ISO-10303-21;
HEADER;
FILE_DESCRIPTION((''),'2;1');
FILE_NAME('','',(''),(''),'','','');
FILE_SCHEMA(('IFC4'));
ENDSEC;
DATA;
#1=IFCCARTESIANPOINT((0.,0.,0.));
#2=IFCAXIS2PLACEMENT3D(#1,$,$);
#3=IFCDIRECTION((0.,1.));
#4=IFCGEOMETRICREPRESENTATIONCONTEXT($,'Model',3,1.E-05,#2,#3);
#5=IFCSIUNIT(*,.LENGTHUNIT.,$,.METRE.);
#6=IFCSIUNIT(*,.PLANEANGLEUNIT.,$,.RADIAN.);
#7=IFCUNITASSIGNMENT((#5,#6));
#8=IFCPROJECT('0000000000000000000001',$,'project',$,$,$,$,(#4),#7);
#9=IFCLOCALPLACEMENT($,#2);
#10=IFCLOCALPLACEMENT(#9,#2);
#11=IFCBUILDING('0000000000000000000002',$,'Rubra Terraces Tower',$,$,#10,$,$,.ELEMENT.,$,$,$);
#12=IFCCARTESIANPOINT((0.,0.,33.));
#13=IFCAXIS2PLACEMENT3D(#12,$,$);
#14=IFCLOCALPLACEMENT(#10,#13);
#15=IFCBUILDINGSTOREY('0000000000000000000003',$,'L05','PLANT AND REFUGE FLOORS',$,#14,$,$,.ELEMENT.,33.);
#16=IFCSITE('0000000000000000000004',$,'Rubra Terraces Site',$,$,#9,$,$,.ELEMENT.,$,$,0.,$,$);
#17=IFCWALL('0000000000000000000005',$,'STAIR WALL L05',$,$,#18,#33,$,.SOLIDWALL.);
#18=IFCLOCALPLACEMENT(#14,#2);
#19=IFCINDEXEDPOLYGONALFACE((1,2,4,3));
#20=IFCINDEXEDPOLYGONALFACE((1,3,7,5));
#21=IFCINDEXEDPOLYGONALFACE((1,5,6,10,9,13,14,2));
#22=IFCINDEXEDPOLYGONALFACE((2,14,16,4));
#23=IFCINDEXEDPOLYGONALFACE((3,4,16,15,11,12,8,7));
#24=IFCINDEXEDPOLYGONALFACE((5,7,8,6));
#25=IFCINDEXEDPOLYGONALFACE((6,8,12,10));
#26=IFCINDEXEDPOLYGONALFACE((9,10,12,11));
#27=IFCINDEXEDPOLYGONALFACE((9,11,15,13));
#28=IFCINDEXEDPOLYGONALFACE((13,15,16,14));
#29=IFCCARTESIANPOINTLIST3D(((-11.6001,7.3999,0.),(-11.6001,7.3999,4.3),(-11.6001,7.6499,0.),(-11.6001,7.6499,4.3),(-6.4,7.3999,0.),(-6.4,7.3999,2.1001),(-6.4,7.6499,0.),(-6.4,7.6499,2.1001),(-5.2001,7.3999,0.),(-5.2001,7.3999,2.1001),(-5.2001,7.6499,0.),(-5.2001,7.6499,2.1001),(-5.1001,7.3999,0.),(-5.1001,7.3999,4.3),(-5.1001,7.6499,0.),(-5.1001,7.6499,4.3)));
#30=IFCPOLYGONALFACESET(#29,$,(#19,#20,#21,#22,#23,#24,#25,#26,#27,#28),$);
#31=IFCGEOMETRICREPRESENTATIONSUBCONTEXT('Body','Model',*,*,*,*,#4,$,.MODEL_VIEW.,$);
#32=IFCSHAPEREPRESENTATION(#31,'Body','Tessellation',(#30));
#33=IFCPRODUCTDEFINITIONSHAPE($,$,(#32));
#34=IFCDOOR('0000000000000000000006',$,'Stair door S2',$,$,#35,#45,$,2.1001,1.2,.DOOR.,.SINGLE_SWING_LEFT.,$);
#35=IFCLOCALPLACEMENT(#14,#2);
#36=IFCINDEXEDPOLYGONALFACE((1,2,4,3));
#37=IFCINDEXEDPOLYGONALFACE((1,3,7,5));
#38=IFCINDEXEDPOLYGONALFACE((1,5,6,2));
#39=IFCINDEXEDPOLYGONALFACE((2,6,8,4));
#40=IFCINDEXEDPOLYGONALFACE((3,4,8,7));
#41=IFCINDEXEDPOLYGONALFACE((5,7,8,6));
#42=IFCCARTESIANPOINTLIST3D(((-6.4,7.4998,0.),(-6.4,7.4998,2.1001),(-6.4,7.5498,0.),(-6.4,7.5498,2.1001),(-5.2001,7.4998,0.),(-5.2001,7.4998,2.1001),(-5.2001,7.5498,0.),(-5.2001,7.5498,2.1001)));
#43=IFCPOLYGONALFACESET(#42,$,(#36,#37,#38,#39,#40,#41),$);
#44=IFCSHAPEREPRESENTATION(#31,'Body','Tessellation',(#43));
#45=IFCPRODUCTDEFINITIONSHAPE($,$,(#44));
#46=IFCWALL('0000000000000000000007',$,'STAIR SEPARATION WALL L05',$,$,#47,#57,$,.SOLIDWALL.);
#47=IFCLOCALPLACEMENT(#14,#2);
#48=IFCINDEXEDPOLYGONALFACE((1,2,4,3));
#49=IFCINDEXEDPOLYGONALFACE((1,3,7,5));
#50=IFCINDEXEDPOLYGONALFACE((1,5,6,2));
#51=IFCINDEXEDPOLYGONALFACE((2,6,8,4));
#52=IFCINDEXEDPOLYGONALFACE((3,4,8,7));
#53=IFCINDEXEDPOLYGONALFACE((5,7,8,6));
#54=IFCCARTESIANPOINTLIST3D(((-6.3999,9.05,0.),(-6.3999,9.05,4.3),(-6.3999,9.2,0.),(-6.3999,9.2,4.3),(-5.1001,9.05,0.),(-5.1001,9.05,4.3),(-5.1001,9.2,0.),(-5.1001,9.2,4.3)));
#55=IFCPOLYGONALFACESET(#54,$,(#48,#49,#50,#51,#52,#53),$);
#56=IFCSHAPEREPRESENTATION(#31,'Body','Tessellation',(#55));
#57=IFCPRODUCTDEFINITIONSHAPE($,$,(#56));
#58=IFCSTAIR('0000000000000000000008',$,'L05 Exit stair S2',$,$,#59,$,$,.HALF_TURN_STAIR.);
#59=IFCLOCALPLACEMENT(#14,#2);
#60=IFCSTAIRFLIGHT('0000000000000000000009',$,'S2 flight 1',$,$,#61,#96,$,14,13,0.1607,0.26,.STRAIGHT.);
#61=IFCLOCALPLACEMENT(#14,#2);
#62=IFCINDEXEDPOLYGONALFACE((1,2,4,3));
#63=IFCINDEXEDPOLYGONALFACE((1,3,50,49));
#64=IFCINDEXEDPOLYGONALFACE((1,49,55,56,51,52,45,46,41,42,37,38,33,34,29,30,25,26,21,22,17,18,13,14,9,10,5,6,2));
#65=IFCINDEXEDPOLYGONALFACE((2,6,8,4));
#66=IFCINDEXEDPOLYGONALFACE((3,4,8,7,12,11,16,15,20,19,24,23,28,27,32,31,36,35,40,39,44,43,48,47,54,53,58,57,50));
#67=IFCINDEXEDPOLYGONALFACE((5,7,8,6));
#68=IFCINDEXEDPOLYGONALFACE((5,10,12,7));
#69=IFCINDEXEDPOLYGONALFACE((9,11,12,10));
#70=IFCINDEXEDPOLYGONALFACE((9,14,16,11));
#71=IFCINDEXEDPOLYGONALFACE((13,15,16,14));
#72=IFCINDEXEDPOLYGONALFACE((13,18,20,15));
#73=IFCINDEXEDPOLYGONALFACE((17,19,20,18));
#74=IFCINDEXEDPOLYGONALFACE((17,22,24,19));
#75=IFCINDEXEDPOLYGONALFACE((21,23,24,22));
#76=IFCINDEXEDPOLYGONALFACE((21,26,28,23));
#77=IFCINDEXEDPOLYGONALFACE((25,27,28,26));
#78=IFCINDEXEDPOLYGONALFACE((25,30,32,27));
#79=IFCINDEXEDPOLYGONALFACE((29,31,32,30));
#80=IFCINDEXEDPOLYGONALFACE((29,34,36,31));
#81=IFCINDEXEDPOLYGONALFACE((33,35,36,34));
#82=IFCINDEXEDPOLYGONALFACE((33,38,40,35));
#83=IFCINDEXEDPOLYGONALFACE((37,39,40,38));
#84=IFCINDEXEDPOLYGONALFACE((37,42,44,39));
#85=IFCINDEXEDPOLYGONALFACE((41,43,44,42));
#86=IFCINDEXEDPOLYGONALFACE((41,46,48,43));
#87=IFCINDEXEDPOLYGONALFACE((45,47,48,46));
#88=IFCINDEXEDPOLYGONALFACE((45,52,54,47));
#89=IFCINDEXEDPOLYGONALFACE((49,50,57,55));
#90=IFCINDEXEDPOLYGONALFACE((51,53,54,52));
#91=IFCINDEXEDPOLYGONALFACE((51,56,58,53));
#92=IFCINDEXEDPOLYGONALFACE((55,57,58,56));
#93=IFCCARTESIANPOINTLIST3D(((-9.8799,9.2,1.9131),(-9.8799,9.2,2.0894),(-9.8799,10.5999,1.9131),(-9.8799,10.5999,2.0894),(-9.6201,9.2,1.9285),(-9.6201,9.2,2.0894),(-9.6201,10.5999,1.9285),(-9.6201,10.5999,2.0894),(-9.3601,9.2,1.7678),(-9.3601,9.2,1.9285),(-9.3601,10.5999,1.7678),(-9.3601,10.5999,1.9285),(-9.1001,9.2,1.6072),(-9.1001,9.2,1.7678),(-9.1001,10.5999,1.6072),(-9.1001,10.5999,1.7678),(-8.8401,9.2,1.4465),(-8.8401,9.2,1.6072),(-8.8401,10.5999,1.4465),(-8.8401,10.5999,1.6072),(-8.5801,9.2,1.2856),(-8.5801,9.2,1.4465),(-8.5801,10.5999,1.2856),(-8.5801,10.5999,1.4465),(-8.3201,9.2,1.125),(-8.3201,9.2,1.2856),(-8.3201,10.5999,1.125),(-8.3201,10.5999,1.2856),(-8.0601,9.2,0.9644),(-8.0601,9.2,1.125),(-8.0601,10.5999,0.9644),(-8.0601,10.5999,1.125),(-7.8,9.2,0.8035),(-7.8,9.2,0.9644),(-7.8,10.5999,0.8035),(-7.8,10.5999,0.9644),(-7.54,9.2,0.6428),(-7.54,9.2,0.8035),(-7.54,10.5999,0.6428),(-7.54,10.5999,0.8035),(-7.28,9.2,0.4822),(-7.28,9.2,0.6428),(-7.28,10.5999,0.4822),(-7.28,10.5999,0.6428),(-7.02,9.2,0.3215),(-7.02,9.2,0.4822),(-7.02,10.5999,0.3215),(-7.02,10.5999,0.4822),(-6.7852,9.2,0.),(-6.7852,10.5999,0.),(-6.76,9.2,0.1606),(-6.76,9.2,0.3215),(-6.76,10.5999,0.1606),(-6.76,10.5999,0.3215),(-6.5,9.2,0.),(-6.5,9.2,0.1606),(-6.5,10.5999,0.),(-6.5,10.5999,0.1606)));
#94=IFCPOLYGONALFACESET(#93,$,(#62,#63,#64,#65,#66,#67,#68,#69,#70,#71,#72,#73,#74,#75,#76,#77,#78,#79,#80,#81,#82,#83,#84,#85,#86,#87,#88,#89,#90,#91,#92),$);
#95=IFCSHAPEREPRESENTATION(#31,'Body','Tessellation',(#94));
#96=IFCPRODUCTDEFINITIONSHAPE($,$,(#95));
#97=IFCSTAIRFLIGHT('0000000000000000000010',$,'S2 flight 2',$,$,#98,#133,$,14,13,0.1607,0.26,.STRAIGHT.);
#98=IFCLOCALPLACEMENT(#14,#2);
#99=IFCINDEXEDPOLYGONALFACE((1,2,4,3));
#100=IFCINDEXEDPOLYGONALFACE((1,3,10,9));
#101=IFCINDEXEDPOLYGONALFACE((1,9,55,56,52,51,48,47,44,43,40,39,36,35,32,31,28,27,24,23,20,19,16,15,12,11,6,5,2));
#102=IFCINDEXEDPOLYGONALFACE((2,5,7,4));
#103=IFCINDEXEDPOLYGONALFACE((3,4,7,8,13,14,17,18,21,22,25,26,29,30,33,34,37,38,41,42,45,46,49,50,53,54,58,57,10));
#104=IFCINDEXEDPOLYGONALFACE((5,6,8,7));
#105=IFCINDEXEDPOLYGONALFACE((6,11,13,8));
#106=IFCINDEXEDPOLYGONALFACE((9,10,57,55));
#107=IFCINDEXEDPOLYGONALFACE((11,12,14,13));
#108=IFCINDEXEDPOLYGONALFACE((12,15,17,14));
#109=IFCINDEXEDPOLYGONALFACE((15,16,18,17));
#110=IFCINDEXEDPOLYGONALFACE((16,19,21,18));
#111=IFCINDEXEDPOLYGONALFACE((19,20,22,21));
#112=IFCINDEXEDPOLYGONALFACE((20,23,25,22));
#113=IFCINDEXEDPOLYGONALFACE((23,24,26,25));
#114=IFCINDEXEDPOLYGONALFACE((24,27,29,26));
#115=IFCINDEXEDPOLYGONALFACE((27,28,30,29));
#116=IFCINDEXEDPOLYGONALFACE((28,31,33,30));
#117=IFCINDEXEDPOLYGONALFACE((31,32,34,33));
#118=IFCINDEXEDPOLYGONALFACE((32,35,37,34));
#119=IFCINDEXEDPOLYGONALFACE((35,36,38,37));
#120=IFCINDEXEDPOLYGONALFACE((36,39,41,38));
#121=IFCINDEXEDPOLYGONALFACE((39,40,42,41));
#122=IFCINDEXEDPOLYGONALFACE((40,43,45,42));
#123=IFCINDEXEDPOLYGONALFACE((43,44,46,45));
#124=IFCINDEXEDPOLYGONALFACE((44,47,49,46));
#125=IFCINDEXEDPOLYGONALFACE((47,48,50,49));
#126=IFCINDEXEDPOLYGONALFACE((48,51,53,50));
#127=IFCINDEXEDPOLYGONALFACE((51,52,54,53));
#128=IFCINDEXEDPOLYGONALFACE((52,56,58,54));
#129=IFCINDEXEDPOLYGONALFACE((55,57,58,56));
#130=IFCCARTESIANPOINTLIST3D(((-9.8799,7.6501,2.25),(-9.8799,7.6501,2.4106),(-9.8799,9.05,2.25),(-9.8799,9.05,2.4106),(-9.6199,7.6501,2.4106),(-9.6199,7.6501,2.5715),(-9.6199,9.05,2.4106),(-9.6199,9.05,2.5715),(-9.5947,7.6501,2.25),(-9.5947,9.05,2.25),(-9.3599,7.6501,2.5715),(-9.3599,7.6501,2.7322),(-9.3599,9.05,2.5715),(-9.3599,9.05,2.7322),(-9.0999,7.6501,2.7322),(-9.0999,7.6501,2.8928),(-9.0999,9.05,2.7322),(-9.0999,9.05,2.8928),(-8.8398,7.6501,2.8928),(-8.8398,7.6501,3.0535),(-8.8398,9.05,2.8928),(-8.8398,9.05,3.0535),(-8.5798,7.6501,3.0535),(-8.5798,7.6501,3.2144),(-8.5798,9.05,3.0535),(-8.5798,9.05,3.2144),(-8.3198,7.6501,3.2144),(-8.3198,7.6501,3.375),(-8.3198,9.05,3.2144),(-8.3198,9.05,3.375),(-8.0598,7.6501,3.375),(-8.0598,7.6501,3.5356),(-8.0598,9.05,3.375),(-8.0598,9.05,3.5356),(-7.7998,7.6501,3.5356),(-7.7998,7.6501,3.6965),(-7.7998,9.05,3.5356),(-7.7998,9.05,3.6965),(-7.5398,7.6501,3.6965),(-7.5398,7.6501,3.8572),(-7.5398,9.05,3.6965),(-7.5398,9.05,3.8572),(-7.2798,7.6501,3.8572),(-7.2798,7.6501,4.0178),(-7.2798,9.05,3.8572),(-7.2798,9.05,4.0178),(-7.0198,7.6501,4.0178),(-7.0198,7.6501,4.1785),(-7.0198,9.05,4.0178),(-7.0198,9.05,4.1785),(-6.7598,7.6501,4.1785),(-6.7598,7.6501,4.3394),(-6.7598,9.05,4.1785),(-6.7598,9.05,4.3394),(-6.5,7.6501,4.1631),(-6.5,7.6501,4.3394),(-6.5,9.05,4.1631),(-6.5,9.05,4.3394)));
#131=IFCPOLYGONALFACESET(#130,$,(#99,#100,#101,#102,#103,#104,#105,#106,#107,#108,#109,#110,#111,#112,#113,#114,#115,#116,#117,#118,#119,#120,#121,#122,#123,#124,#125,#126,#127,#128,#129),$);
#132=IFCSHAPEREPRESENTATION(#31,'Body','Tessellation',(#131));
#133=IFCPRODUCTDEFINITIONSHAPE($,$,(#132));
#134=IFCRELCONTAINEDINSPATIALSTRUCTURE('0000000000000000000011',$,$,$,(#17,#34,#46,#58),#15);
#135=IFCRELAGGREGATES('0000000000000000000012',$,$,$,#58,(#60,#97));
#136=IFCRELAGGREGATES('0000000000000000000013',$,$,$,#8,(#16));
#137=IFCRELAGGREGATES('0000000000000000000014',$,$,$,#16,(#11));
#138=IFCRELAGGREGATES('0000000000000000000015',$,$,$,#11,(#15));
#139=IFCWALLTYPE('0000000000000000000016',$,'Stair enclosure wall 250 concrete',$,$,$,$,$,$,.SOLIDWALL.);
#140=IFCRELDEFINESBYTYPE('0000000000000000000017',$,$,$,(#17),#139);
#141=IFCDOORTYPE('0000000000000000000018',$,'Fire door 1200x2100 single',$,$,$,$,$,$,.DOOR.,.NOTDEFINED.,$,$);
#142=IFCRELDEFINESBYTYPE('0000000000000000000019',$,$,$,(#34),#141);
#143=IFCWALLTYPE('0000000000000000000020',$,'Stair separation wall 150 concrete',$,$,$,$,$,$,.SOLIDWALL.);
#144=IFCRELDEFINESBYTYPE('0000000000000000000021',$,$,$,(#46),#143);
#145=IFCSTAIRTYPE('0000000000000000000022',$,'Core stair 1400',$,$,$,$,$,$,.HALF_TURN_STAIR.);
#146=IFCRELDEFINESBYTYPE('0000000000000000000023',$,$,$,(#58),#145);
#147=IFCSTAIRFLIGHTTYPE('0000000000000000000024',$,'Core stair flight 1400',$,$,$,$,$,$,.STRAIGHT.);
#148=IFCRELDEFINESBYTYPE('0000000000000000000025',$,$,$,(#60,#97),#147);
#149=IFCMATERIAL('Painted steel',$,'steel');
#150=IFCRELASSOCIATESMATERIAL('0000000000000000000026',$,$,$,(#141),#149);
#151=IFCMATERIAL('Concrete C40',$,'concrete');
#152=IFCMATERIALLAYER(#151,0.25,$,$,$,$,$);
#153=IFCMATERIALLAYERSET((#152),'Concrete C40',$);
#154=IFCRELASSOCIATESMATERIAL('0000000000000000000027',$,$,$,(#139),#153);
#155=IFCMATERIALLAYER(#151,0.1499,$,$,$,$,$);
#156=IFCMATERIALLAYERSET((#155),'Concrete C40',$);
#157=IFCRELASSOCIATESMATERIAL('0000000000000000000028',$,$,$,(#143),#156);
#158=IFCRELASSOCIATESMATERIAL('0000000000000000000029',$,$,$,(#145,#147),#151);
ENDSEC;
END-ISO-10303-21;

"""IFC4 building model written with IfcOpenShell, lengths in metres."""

from ifc_helpers import new_model, si_unit, direction, frame, frame_2d, origin, place, context, subcontext, project, spatial, polyline, rectangle, outline, extrude, material, layer, layer_set, type_object, element, fill, aggregate, save


model = new_model("IFC4")

# Units and contexts
model_context = context("Model", 3, precision=1e-05, world=origin(), true_north=direction((0.0, 1.0)))
body_context = subcontext(model_context, "Body", "Model", "MODEL_VIEW")
ifc_project = project(units=[si_unit("LENGTHUNIT", "METRE"), si_unit("PLANEANGLEUNIT", "RADIAN")], contexts=[model_context])

# Site, building, storey
site_placement = place(None, origin())
site = spatial("IfcSite", under=ifc_project, at=site_placement, Name="Rubra Terraces Site", CompositionType="ELEMENT", RefElevation=0.0)
building_placement = place(site_placement, origin())
building = spatial("IfcBuilding", under=site, at=building_placement, Name="Rubra Terraces Tower", CompositionType="ELEMENT")
storey_placement = place(building_placement, frame((0.0, 0.0, 33.0)))
storey = spatial("IfcBuildingStorey", under=building, at=storey_placement, Name="L05", Description="PLANT AND REFUGE FLOORS", CompositionType="ELEMENT", Elevation=33.0)

# Shared definitions
ifc_material_1 = material(Name="Painted steel", Category="steel")
door_type_1 = type_object("IfcDoorType", Name="Fire door 1200x2100 single", OperationType="NOTDEFINED", PredefinedType="DOOR", material=ifc_material_1)

# Wall, opening, door
ifc_material_2 = material(Name="Concrete C40", Category="concrete")
ifc_layer_1 = layer(ifc_material_2, 0.25)
ifc_layer_set_1 = layer_set([ifc_layer_1], Name="Concrete C40")
wall_type_1 = type_object("IfcWallType", Name="Stair enclosure wall 250 concrete", PredefinedType="SOLIDWALL", material=ifc_layer_set_1)
wall_1_placement = place(storey_placement, frame((-11.6001, 7.5249, 0.0), z_axis=(0.0, 0.0, 1.0), x_axis=(1.0, 0.0, 0.0)))
wall_1 = element("IfcWall", 1, at=wall_1_placement, inside=storey, type_object=wall_type_1, Name="STAIR WALL L05", PredefinedType="SOLIDWALL", context=body_context, shape_type="SweptSolid", body=[
    extrude(rectangle(XDim=6.5, YDim=0.25, at=frame_2d((3.25, 0.0))), origin(), (0.0, 0.0, 1.0), 4.3),
])
opening_1_placement = place(wall_1_placement, frame((5.2, 0.0, 0.0)))
opening_1 = element("IfcOpeningElement", 2, at=opening_1_placement, cuts=wall_1, PredefinedType="OPENING", context=body_context, shape_type="SweptSolid", body=[
    extrude(rectangle(XDim=1.2, YDim=2.1001, at=frame_2d((0.6001, 1.05))), frame((0.0, 0.135, 0.0), z_axis=(0.0, -1.0, 0.0), x_axis=(1.0, 0.0, 0.0)), (0.0, 0.0, 1.0), 0.27),
])
door_1_placement = place(opening_1_placement, origin())
door_1 = element("IfcDoor", 3, at=door_1_placement, inside=storey, type_object=door_type_1, Name="Stair door S2", OperationType="SINGLE_SWING_LEFT", OverallHeight=2.1001, OverallWidth=1.2, PredefinedType="DOOR", context=body_context, shape_type="SweptSolid", body=[
    extrude(rectangle(XDim=1.2, YDim=2.1001, at=frame_2d((0.6001, 1.05))), frame((0.0, 0.0249, 0.0), z_axis=(0.0, -1.0, 0.0), x_axis=(1.0, 0.0, 0.0)), (0.0, 0.0, 1.0), 0.05),
])
fill(opening_1, door_1)

# Wall
ifc_layer_2 = layer(ifc_material_2, 0.1499)
ifc_layer_set_2 = layer_set([ifc_layer_2], Name="Concrete C40")
wall_type_2 = type_object("IfcWallType", Name="Stair separation wall 150 concrete", PredefinedType="SOLIDWALL", material=ifc_layer_set_2)
wall_2_placement = place(storey_placement, frame((-6.3999, 9.125, 0.0), z_axis=(0.0, 0.0, 1.0), x_axis=(1.0, 0.0, 0.0)))
element("IfcWall", 4, at=wall_2_placement, inside=storey, type_object=wall_type_2, Name="STAIR SEPARATION WALL L05", PredefinedType="SOLIDWALL", context=body_context, shape_type="SweptSolid", body=[
    extrude(rectangle(XDim=1.2998, YDim=0.1499, at=frame_2d((0.6499, 0.0))), origin(), (0.0, 0.0, 1.0), 4.3),
])

# Stair, stair flights
stair_type = type_object("IfcStairType", Name="Core stair 1400", PredefinedType="HALF_TURN_STAIR", material=ifc_material_2)
stair_placement = place(storey_placement, origin())
stair = element("IfcStair", 5, at=stair_placement, inside=storey, type_object=stair_type, Name="L05 Exit stair S2", PredefinedType="HALF_TURN_STAIR")
stair_flight_type = type_object("IfcStairFlightType", Name="Core stair flight 1400", PredefinedType="STRAIGHT", material=ifc_material_2)
stair_flight_1_placement = place(storey_placement, frame((-6.5, 9.8999, 0.0), z_axis=(0.0, 0.0, 1.0), x_axis=(-1.0, 0.0, 0.0)))
stair_flight_1 = element("IfcStairFlight", 6, at=stair_flight_1_placement, type_object=stair_flight_type, Name="S2 flight 1", NumberOfRisers=14, NumberOfTreads=13, PredefinedType="STRAIGHT", RiserHeight=0.1607, TreadLength=0.26, context=body_context, shape_type="SweptSolid", body=[
    extrude(outline(polyline([(0.0, 0.0), (0.0, 0.1606), (0.26, 0.1606), (0.26, 0.3215), (0.52, 0.3215), (0.52, 0.4822), (0.78, 0.4822), (0.78, 0.6428), (1.04, 0.6428), (1.04, 0.8035), (1.3, 0.8035), (1.3, 0.9644), (1.5601, 0.9644), (1.5601, 1.125), (1.8201, 1.125), (1.8201, 1.2856), (2.0801, 1.2856), (2.0801, 1.4465), (2.3401, 1.4465), (2.3401, 1.6072), (2.6001, 1.6072), (2.6001, 1.7678), (2.8601, 1.7678), (2.8601, 1.9285), (3.1201, 1.9285), (3.1201, 2.0894), (3.3799, 2.0894), (3.3799, 2.25), (3.3799, 1.9131), (0.2852, 0.0), (0.0, 0.0)])), frame((0.0, 0.7, 0.0), z_axis=(0.0, -1.0, 0.0), x_axis=(1.0, 0.0, 0.0)), (0.0, 0.0, 1.0), 1.3999),
])
stair_flight_2_placement = place(storey_placement, frame((-9.8799, 8.3501, 2.25), z_axis=(0.0, 0.0, 1.0), x_axis=(1.0, 0.0, 0.0)))
stair_flight_2 = element("IfcStairFlight", 7, at=stair_flight_2_placement, type_object=stair_flight_type, Name="S2 flight 2", NumberOfRisers=14, NumberOfTreads=13, PredefinedType="STRAIGHT", RiserHeight=0.1607, TreadLength=0.26, context=body_context, shape_type="SweptSolid", body=[
    extrude(outline(polyline([(0.0, 0.0), (0.0, 0.1606), (0.26, 0.1606), (0.26, 0.3215), (0.52, 0.3215), (0.52, 0.4822), (0.78, 0.4822), (0.78, 0.6428), (1.04, 0.6428), (1.04, 0.8035), (1.3, 0.8035), (1.3, 0.9644), (1.5601, 0.9644), (1.5601, 1.125), (1.8201, 1.125), (1.8201, 1.2856), (2.0801, 1.2856), (2.0801, 1.4465), (2.3401, 1.4465), (2.3401, 1.6072), (2.6001, 1.6072), (2.6001, 1.7678), (2.8601, 1.7678), (2.8601, 1.9285), (3.1201, 1.9285), (3.1201, 2.0894), (3.3799, 2.0894), (3.3799, 2.25), (3.3799, 1.9131), (0.2852, 0.0), (0.0, 0.0)])), frame((0.0, 0.7, 0.0), z_axis=(0.0, -1.0, 0.0), x_axis=(1.0, 0.0, 0.0)), (0.0, 0.0, 1.0), 1.3999),
])
aggregate(stair, [stair_flight_1, stair_flight_2])

save(model, "model.ifc")
